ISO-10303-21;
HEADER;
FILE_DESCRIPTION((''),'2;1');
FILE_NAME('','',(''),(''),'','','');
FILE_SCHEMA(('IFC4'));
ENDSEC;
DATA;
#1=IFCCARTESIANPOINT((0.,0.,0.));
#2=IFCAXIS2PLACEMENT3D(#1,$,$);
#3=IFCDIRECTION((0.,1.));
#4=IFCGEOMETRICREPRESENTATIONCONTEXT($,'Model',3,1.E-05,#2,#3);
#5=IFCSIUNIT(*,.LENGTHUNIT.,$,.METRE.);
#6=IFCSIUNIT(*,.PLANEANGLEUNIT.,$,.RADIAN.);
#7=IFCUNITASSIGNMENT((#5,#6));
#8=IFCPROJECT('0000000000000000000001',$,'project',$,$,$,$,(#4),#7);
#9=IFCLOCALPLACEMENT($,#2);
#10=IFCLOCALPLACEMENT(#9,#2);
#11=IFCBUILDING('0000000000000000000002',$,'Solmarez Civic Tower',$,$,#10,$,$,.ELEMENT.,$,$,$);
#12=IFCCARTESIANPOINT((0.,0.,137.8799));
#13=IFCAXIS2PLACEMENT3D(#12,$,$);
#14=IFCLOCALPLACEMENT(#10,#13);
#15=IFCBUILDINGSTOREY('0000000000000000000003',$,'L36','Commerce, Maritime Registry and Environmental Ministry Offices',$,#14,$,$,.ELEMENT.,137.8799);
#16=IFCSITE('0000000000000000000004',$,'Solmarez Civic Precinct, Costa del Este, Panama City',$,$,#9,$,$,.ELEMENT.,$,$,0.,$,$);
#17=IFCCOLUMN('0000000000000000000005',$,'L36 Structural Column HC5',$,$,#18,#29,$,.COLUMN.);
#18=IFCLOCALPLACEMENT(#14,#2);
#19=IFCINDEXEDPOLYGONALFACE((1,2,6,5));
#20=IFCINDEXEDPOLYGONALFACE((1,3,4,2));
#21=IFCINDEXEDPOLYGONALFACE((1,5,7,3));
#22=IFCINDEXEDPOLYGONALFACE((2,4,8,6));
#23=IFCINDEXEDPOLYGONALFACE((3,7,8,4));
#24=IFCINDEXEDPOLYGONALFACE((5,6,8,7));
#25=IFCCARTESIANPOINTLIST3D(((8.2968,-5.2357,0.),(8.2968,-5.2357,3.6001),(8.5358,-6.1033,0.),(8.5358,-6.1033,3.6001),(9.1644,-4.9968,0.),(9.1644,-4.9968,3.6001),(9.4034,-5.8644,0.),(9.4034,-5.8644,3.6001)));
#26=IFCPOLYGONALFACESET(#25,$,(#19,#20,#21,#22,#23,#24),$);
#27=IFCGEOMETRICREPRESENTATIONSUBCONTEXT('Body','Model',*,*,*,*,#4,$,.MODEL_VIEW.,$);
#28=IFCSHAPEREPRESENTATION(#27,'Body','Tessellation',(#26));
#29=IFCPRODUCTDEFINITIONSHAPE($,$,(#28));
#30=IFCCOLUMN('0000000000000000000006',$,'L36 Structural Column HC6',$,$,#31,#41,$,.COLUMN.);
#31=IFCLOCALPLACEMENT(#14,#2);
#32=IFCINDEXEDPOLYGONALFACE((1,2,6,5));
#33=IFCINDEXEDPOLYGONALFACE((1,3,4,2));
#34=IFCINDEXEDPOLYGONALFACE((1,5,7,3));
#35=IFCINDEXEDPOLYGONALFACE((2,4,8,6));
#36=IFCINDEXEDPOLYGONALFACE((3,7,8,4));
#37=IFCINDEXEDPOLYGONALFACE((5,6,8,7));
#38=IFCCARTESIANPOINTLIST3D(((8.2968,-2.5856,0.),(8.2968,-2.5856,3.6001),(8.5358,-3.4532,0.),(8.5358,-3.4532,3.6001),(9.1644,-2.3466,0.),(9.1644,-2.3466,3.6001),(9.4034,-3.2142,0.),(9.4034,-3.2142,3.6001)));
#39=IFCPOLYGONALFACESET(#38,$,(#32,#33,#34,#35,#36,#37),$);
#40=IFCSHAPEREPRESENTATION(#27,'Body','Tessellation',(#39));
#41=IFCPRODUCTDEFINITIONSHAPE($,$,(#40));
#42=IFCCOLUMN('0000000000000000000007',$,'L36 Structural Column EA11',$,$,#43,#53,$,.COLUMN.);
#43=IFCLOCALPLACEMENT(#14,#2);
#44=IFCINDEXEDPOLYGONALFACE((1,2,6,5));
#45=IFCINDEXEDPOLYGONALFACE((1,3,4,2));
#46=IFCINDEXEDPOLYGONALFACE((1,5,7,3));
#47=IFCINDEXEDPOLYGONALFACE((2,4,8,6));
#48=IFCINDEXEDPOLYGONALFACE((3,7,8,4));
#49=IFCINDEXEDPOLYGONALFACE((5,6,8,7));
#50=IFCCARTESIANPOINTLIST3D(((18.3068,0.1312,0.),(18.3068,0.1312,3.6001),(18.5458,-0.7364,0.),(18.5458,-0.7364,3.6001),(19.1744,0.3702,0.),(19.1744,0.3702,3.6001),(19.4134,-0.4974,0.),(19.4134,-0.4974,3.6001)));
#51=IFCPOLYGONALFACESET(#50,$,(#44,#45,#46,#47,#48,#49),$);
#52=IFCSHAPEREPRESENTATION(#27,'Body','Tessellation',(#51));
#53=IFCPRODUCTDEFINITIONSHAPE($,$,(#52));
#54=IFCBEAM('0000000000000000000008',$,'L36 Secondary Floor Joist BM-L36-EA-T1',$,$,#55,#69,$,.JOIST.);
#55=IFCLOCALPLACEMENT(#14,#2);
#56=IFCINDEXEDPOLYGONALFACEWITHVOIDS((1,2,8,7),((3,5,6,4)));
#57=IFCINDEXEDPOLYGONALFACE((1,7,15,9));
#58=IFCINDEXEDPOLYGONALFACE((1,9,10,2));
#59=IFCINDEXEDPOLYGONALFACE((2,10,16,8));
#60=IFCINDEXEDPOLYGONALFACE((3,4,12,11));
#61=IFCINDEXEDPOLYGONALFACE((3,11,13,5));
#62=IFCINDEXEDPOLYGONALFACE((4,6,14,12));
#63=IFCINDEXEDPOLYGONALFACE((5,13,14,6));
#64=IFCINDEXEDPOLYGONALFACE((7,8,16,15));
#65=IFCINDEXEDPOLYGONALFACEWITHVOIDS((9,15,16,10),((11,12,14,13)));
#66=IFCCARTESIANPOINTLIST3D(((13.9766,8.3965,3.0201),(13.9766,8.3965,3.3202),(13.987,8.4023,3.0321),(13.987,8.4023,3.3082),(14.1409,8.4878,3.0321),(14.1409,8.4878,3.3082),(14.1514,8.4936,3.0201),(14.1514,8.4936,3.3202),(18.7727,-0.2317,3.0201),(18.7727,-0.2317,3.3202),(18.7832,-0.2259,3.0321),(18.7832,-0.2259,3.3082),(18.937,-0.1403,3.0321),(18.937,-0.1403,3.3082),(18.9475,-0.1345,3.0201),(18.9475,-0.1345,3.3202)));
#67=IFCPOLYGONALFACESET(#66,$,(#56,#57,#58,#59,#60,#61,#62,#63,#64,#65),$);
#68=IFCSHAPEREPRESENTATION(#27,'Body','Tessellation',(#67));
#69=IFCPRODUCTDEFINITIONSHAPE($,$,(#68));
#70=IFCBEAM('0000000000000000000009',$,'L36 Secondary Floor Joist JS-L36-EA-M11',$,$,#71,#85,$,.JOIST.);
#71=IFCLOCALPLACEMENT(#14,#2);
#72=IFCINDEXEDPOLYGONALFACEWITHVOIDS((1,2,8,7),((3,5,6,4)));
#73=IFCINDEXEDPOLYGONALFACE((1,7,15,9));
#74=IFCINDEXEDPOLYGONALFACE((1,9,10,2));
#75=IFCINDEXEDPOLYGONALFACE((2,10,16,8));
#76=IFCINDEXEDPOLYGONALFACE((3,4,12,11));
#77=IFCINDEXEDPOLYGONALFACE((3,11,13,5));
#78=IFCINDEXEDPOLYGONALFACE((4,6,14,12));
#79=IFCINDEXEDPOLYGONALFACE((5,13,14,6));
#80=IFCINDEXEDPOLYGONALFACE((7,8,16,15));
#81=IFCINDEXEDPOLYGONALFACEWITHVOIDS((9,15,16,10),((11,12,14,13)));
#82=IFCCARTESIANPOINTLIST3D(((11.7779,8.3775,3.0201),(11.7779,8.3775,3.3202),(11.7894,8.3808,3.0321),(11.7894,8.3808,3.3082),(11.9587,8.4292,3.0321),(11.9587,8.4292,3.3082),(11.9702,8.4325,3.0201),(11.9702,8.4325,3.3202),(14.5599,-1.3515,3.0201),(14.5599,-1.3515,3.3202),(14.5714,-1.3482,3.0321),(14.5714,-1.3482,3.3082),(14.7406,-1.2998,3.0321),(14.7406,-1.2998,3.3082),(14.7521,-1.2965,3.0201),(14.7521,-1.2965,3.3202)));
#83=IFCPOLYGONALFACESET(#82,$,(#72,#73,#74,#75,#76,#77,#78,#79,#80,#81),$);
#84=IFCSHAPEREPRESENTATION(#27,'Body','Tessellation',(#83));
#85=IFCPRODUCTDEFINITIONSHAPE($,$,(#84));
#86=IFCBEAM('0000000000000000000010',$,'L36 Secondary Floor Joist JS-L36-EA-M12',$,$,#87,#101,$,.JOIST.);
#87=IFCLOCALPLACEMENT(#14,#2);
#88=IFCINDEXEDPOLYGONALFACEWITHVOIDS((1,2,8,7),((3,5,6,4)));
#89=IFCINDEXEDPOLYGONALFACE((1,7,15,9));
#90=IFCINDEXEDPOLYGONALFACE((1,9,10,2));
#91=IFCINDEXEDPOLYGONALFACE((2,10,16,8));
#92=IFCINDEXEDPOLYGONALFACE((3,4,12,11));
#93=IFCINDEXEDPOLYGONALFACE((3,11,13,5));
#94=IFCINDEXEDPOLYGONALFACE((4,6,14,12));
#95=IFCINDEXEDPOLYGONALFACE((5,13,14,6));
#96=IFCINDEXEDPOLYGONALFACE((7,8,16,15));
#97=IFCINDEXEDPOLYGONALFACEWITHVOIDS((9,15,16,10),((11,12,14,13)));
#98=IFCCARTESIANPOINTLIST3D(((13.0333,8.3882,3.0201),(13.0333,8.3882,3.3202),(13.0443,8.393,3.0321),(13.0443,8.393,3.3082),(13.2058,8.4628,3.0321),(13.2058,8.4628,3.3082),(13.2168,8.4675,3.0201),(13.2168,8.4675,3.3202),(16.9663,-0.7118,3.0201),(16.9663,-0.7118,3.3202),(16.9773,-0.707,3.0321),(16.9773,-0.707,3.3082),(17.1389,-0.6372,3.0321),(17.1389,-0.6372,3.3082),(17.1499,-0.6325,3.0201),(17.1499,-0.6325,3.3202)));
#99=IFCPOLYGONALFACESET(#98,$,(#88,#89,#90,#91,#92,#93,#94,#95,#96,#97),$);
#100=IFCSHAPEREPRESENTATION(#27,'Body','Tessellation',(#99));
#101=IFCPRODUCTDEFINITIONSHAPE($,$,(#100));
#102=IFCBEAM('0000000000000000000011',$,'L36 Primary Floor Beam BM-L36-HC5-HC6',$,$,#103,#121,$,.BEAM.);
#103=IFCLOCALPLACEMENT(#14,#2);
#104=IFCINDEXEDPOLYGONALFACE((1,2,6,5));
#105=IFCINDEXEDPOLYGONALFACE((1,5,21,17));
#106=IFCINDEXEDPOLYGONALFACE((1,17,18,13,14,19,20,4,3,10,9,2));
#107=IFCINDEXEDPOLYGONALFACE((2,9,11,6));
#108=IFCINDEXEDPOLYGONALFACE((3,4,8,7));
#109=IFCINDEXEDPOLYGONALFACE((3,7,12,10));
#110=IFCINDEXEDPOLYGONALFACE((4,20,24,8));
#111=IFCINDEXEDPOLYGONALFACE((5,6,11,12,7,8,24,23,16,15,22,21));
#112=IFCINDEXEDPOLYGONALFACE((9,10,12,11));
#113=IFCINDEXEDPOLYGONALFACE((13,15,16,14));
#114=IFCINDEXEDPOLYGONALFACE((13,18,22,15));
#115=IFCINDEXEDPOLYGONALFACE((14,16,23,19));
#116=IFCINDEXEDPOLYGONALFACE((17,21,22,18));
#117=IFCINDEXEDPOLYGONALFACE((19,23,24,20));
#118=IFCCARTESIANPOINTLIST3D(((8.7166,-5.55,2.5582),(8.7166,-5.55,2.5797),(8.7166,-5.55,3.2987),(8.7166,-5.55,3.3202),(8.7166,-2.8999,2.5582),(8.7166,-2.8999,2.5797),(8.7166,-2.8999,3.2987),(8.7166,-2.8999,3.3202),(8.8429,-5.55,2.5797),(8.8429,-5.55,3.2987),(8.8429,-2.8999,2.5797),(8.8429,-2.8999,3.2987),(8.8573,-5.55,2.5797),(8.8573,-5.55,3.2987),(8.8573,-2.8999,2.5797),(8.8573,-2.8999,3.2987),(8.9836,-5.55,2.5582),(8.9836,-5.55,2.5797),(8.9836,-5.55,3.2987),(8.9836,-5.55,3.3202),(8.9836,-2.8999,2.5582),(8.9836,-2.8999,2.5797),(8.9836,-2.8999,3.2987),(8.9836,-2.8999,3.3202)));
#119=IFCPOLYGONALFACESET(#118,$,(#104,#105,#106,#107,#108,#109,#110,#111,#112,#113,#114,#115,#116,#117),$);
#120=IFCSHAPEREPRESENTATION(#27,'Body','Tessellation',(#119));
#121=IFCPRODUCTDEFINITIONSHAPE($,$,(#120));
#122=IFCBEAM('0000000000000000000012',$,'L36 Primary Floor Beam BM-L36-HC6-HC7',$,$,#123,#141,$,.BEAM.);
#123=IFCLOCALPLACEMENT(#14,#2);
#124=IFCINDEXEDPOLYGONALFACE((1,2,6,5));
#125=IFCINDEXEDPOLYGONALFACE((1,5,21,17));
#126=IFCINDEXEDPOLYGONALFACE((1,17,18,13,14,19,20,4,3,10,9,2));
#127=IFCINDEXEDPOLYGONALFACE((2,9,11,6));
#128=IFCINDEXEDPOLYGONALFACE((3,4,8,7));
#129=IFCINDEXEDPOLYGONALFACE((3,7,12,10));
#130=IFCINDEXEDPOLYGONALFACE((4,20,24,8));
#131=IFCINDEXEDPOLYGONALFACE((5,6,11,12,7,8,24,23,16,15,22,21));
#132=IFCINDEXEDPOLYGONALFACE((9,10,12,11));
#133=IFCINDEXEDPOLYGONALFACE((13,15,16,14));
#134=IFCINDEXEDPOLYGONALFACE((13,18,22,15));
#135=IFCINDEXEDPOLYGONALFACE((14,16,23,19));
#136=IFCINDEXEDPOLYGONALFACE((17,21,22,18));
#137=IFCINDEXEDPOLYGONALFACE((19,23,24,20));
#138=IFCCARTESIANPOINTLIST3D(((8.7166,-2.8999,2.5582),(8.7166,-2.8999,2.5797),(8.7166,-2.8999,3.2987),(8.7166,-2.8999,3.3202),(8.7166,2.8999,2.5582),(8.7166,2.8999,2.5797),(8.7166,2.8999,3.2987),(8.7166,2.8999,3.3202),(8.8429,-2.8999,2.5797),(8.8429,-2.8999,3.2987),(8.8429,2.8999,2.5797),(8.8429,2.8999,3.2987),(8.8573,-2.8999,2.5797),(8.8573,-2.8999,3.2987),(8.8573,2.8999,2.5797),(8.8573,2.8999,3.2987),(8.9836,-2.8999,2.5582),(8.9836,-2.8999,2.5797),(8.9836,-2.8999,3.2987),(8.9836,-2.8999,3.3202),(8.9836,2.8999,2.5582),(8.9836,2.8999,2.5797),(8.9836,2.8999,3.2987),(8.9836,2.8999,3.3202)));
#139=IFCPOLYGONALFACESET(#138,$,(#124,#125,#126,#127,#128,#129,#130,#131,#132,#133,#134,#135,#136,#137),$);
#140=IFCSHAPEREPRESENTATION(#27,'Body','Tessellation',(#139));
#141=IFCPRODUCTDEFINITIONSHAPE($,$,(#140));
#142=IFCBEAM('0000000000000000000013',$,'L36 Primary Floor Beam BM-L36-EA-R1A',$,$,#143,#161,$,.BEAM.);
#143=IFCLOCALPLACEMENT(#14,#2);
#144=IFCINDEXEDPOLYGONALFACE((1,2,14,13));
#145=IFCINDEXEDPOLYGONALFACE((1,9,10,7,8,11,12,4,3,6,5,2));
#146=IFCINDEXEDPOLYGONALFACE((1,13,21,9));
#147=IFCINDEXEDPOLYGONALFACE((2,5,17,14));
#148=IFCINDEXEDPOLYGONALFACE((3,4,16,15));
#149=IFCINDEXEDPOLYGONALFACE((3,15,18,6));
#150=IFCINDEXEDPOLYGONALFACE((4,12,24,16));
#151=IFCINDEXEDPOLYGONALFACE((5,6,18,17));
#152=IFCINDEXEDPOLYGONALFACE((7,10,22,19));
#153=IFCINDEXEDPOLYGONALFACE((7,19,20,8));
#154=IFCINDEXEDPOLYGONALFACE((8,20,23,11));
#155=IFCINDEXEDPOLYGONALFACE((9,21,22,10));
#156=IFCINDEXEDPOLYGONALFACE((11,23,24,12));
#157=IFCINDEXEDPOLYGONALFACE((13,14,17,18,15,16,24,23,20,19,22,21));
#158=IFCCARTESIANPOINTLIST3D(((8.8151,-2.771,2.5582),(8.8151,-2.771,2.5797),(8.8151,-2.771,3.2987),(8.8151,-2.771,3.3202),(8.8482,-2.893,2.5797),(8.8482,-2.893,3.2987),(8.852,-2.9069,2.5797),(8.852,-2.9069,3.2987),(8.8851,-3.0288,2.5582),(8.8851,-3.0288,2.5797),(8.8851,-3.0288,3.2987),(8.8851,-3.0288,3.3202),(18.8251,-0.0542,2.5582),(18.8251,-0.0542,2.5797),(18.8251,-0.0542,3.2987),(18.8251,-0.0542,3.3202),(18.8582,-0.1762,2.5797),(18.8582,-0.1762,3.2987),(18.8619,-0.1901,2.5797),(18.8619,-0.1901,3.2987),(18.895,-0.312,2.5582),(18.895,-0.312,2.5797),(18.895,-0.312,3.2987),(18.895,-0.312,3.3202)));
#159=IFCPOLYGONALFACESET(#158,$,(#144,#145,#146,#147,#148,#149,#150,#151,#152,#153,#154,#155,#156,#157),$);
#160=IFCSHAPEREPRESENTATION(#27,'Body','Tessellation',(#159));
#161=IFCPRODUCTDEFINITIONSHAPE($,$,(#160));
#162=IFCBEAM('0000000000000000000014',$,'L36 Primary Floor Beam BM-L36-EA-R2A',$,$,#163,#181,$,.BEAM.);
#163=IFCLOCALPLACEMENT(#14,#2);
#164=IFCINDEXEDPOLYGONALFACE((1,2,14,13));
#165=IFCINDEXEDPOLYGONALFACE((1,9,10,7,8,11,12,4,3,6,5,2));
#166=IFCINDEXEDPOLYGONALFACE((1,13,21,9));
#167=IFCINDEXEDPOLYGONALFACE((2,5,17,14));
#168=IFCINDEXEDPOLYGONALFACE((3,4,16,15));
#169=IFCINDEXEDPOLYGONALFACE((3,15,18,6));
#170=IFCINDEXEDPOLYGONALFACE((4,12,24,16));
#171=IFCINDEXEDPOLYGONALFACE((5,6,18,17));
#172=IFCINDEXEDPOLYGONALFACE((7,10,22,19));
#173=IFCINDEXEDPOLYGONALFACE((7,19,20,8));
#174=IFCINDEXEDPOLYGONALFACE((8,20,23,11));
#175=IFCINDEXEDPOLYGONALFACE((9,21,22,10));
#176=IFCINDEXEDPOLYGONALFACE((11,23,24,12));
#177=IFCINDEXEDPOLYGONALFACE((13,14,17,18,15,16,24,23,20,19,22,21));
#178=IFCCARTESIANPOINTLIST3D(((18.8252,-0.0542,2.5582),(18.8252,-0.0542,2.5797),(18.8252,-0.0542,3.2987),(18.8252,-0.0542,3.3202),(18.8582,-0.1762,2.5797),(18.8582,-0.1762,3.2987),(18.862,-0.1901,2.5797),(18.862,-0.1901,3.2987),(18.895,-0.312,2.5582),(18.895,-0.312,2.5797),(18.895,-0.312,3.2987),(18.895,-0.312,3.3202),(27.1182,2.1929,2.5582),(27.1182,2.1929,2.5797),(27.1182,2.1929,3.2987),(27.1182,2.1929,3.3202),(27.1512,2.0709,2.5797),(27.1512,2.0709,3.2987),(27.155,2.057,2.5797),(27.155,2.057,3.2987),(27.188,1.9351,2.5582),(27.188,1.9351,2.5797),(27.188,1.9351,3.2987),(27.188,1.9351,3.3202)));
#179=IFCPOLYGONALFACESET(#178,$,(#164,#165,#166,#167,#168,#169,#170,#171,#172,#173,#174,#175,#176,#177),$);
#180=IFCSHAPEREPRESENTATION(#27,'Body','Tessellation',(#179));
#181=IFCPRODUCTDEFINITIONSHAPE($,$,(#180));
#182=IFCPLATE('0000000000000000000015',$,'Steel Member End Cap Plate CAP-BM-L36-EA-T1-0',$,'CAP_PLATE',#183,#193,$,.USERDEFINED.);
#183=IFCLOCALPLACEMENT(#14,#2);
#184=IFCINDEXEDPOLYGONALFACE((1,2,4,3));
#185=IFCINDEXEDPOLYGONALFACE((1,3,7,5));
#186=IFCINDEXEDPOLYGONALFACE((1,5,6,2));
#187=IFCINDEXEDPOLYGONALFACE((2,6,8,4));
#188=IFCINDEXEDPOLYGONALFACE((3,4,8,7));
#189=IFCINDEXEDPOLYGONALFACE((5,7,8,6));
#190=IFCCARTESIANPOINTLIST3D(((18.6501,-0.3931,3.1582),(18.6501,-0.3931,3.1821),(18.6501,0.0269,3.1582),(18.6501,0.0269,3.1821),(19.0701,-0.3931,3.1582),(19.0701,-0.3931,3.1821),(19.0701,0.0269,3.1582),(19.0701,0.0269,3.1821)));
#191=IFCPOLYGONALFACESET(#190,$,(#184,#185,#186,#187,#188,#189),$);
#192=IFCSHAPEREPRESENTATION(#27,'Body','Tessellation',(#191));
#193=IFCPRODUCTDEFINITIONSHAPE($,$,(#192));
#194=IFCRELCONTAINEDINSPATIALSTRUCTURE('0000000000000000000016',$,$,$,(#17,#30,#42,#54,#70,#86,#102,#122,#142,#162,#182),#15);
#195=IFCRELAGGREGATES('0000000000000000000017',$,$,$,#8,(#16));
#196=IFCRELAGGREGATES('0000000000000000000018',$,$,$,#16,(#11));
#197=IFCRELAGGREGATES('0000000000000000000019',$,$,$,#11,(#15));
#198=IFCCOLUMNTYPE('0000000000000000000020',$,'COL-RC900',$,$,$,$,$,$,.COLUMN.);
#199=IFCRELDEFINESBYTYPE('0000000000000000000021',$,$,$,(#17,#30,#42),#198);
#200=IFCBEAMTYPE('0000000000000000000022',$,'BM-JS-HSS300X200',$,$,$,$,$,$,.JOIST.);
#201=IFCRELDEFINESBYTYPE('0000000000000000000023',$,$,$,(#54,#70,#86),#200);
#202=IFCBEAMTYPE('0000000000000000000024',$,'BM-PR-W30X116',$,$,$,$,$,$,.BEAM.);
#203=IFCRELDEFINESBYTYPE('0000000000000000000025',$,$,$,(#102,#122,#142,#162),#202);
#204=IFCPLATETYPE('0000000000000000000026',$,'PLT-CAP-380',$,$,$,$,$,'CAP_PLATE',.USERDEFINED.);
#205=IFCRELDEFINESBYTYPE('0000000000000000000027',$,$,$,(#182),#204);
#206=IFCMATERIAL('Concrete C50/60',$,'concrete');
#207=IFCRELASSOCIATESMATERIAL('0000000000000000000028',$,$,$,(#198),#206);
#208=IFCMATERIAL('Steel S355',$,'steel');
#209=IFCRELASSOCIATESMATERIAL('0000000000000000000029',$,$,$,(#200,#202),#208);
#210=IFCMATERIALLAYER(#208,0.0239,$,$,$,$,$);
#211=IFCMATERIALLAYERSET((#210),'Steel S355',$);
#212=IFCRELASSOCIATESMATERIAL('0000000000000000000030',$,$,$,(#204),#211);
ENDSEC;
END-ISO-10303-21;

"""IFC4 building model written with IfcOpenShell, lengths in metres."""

from ifc_helpers import new_model, si_unit, direction, frame, origin, origin_2d, place, context, subcontext, project, spatial, rectangle, hollow_rectangle, i_section, extrude, material, layer, layer_set, material_profile, profile_set, type_object, element, save


model = new_model("IFC4")

# Units and contexts
model_context = context("Model", 3, precision=1e-05, world=origin(), true_north=direction((0.0, 1.0)))
body_context = subcontext(model_context, "Body", "Model", "MODEL_VIEW")
ifc_project = project(units=[si_unit("LENGTHUNIT", "METRE"), si_unit("PLANEANGLEUNIT", "RADIAN")], contexts=[model_context])

# Site, building, storey
site_placement = place(None, origin())
site = spatial("IfcSite", under=ifc_project, at=site_placement, Name="Solmarez Civic Precinct, Costa del Este, Panama City", CompositionType="ELEMENT", RefElevation=0.0)
building_placement = place(site_placement, origin())
building = spatial("IfcBuilding", under=site, at=building_placement, Name="Solmarez Civic Tower", CompositionType="ELEMENT")
storey_placement = place(building_placement, frame((0.0, 0.0, 137.8799)))
storey = spatial("IfcBuildingStorey", under=building, at=storey_placement, Name="L36", Description="Commerce, Maritime Registry and Environmental Ministry Offices", CompositionType="ELEMENT", Elevation=137.8799)

# Columns
ifc_material_1 = material(Name="Concrete C50/60", Category="concrete")
ifc_material_profile_1 = material_profile(ifc_material_1, rectangle(XDim=0.8999, YDim=0.8999, at=origin_2d()), Name="RC900X900")
ifc_profile_set_1 = profile_set([ifc_material_profile_1], Name="Concrete C50/60")
column_type = type_object("IfcColumnType", Name="COL-RC900", PredefinedType="COLUMN", material=ifc_profile_set_1)
for number, where, z_axis, x_axis, name in (
    (1, (8.8501, -5.55, 0.0), (0.0, 0.0, 1.0), (0.964095, 0.265556, 0.0), "L36 Structural Column HC5"),
    (2, (8.8501, -2.8999, 0.0), (0.0, 0.0, 1.0), (0.964095, 0.265556, 0.0), "L36 Structural Column HC6"),
    (3, (18.8601, -0.1831, 0.0), (0.0, 0.0, 1.0), (0.964095, 0.265556, 0.0), "L36 Structural Column EA11"),
):
    element("IfcColumn", number, at=place(storey_placement, frame(where, z_axis=z_axis, x_axis=x_axis)), inside=storey, type_object=column_type, Name=name, PredefinedType="COLUMN", context=body_context, shape_type="SweptSolid", body=[
        extrude(rectangle(XDim=0.8999, YDim=0.8999, at=origin_2d()), origin(), (0.0, 0.0, 1.0), 3.6001),
    ])

# Beams
ifc_material_2 = material(Name="Steel S355", Category="steel")
ifc_material_profile_2 = material_profile(ifc_material_2, hollow_rectangle(XDim=0.2, YDim=0.3, WallThickness=0.012, at=origin_2d()), Name="HSS300X200X12")
ifc_profile_set_2 = profile_set([ifc_material_profile_2], Name="Steel S355")
beam_type_1 = type_object("IfcBeamType", Name="BM-JS-HSS300X200", PredefinedType="JOIST", material=ifc_profile_set_2)
beam_1_placement = place(storey_placement, frame((18.8601, -0.1831, 3.1702), z_axis=(-0.485853, 0.874041, 0.0), x_axis=(-0.874041, -0.485853, 0.0)))
element("IfcBeam", 4, at=beam_1_placement, inside=storey, type_object=beam_type_1, Name="L36 Secondary Floor Joist BM-L36-EA-T1", PredefinedType="JOIST", context=body_context, shape_type="SweptSolid", body=[
    extrude(hollow_rectangle(XDim=0.2, YDim=0.3, WallThickness=0.012, at=origin_2d()), origin(), (0.0, 0.0, 1.0), 9.8716),
])
beam_2_placement = place(storey_placement, frame((14.656, -1.324, 3.1702), z_axis=(-0.274928, 0.961465, 0.0), x_axis=(-0.961465, -0.274928, 0.0)))
element("IfcBeam", 5, at=beam_2_placement, inside=storey, type_object=beam_type_1, Name="L36 Secondary Floor Joist JS-L36-EA-M11", PredefinedType="JOIST", context=body_context, shape_type="SweptSolid", body=[
    extrude(hollow_rectangle(XDim=0.2, YDim=0.3, WallThickness=0.012, at=origin_2d()), origin(), (0.0, 0.0, 1.0), 10.1189),
])
beam_3_placement = place(storey_placement, frame((17.0581, -0.6721, 3.1702), z_axis=(-0.396735, 0.917933, 0.0), x_axis=(-0.917933, -0.396735, 0.0)))
element("IfcBeam", 6, at=beam_3_placement, inside=storey, type_object=beam_type_1, Name="L36 Secondary Floor Joist JS-L36-EA-M12", PredefinedType="JOIST", context=body_context, shape_type="SweptSolid", body=[
    extrude(hollow_rectangle(XDim=0.2, YDim=0.3, WallThickness=0.012, at=origin_2d()), origin(), (0.0, 0.0, 1.0), 9.9136),
])
ifc_material_profile_3 = material_profile(ifc_material_2, i_section(OverallWidth=0.2671, OverallDepth=0.762, WebThickness=0.0144, FlangeThickness=0.0215, at=origin_2d()), Name="W30X116")
ifc_profile_set_3 = profile_set([ifc_material_profile_3], Name="Steel S355")
beam_type_2 = type_object("IfcBeamType", Name="BM-PR-W30X116", PredefinedType="BEAM", material=ifc_profile_set_3)
beam_4_placement = place(storey_placement, frame((8.8501, -5.55, 2.9392), z_axis=(0.0, 1.0, 0.0), x_axis=(-1.0, 0.0, 0.0)))
element("IfcBeam", 7, at=beam_4_placement, inside=storey, type_object=beam_type_2, Name="L36 Primary Floor Beam BM-L36-HC5-HC6", PredefinedType="BEAM", context=body_context, shape_type="SweptSolid", body=[
    extrude(i_section(OverallWidth=0.2671, OverallDepth=0.762, WebThickness=0.0144, FlangeThickness=0.0215, at=origin_2d()), origin(), (0.0, 0.0, 1.0), 2.6501),
])
beam_5_placement = place(storey_placement, frame((8.8501, -2.8999, 2.9392), z_axis=(0.0, 1.0, 0.0), x_axis=(-1.0, 0.0, 0.0)))
element("IfcBeam", 8, at=beam_5_placement, inside=storey, type_object=beam_type_2, Name="L36 Primary Floor Beam BM-L36-HC6-HC7", PredefinedType="BEAM", context=body_context, shape_type="SweptSolid", body=[
    extrude(i_section(OverallWidth=0.2671, OverallDepth=0.762, WebThickness=0.0144, FlangeThickness=0.0215, at=origin_2d()), origin(), (0.0, 0.0, 1.0), 5.7998),
])
beam_6_placement = place(storey_placement, frame((8.8501, -2.8999, 2.9392), z_axis=(0.965086, 0.261932, 0.0), x_axis=(-0.261932, 0.965086, 0.0)))
element("IfcBeam", 9, at=beam_6_placement, inside=storey, type_object=beam_type_2, Name="L36 Primary Floor Beam BM-L36-EA-R1A", PredefinedType="BEAM", context=body_context, shape_type="SweptSolid", body=[
    extrude(i_section(OverallWidth=0.2671, OverallDepth=0.762, WebThickness=0.0144, FlangeThickness=0.0215, at=origin_2d()), origin(), (0.0, 0.0, 1.0), 10.3721),
])
beam_7_placement = place(storey_placement, frame((18.8601, -0.1831, 2.9392), z_axis=(0.965195, 0.26153, 0.0), x_axis=(-0.26153, 0.965195, 0.0)))
element("IfcBeam", 10, at=beam_7_placement, inside=storey, type_object=beam_type_2, Name="L36 Primary Floor Beam BM-L36-EA-R2A", PredefinedType="BEAM", context=body_context, shape_type="SweptSolid", body=[
    extrude(i_section(OverallWidth=0.2671, OverallDepth=0.762, WebThickness=0.0144, FlangeThickness=0.0215, at=origin_2d()), origin(), (0.0, 0.0, 1.0), 8.592),
])

# Plate
ifc_layer_1 = layer(ifc_material_2, 0.0239)
ifc_layer_set_1 = layer_set([ifc_layer_1], Name="Steel S355")
plate_type = type_object("IfcPlateType", Name="PLT-CAP-380", ElementType="CAP_PLATE", PredefinedType="USERDEFINED", material=ifc_layer_set_1)
for number, where, z_axis, x_axis, name in (
    (11, (18.8601, -0.1831, 3.1582), (0.0, 0.0, 1.0), (1.0, 0.0, 0.0), "Steel Member End Cap Plate CAP-BM-L36-EA-T1-0"),
):
    element("IfcPlate", number, at=place(storey_placement, frame(where, z_axis=z_axis, x_axis=x_axis)), inside=storey, type_object=plate_type, Name=name, ObjectType="CAP_PLATE", PredefinedType="USERDEFINED", context=body_context, shape_type="SweptSolid", body=[
        extrude(rectangle(XDim=0.4199, YDim=0.4199, at=origin_2d()), origin(), (0.0, 0.0, 1.0), 0.0239),
    ])

save(model, "model.ifc")
